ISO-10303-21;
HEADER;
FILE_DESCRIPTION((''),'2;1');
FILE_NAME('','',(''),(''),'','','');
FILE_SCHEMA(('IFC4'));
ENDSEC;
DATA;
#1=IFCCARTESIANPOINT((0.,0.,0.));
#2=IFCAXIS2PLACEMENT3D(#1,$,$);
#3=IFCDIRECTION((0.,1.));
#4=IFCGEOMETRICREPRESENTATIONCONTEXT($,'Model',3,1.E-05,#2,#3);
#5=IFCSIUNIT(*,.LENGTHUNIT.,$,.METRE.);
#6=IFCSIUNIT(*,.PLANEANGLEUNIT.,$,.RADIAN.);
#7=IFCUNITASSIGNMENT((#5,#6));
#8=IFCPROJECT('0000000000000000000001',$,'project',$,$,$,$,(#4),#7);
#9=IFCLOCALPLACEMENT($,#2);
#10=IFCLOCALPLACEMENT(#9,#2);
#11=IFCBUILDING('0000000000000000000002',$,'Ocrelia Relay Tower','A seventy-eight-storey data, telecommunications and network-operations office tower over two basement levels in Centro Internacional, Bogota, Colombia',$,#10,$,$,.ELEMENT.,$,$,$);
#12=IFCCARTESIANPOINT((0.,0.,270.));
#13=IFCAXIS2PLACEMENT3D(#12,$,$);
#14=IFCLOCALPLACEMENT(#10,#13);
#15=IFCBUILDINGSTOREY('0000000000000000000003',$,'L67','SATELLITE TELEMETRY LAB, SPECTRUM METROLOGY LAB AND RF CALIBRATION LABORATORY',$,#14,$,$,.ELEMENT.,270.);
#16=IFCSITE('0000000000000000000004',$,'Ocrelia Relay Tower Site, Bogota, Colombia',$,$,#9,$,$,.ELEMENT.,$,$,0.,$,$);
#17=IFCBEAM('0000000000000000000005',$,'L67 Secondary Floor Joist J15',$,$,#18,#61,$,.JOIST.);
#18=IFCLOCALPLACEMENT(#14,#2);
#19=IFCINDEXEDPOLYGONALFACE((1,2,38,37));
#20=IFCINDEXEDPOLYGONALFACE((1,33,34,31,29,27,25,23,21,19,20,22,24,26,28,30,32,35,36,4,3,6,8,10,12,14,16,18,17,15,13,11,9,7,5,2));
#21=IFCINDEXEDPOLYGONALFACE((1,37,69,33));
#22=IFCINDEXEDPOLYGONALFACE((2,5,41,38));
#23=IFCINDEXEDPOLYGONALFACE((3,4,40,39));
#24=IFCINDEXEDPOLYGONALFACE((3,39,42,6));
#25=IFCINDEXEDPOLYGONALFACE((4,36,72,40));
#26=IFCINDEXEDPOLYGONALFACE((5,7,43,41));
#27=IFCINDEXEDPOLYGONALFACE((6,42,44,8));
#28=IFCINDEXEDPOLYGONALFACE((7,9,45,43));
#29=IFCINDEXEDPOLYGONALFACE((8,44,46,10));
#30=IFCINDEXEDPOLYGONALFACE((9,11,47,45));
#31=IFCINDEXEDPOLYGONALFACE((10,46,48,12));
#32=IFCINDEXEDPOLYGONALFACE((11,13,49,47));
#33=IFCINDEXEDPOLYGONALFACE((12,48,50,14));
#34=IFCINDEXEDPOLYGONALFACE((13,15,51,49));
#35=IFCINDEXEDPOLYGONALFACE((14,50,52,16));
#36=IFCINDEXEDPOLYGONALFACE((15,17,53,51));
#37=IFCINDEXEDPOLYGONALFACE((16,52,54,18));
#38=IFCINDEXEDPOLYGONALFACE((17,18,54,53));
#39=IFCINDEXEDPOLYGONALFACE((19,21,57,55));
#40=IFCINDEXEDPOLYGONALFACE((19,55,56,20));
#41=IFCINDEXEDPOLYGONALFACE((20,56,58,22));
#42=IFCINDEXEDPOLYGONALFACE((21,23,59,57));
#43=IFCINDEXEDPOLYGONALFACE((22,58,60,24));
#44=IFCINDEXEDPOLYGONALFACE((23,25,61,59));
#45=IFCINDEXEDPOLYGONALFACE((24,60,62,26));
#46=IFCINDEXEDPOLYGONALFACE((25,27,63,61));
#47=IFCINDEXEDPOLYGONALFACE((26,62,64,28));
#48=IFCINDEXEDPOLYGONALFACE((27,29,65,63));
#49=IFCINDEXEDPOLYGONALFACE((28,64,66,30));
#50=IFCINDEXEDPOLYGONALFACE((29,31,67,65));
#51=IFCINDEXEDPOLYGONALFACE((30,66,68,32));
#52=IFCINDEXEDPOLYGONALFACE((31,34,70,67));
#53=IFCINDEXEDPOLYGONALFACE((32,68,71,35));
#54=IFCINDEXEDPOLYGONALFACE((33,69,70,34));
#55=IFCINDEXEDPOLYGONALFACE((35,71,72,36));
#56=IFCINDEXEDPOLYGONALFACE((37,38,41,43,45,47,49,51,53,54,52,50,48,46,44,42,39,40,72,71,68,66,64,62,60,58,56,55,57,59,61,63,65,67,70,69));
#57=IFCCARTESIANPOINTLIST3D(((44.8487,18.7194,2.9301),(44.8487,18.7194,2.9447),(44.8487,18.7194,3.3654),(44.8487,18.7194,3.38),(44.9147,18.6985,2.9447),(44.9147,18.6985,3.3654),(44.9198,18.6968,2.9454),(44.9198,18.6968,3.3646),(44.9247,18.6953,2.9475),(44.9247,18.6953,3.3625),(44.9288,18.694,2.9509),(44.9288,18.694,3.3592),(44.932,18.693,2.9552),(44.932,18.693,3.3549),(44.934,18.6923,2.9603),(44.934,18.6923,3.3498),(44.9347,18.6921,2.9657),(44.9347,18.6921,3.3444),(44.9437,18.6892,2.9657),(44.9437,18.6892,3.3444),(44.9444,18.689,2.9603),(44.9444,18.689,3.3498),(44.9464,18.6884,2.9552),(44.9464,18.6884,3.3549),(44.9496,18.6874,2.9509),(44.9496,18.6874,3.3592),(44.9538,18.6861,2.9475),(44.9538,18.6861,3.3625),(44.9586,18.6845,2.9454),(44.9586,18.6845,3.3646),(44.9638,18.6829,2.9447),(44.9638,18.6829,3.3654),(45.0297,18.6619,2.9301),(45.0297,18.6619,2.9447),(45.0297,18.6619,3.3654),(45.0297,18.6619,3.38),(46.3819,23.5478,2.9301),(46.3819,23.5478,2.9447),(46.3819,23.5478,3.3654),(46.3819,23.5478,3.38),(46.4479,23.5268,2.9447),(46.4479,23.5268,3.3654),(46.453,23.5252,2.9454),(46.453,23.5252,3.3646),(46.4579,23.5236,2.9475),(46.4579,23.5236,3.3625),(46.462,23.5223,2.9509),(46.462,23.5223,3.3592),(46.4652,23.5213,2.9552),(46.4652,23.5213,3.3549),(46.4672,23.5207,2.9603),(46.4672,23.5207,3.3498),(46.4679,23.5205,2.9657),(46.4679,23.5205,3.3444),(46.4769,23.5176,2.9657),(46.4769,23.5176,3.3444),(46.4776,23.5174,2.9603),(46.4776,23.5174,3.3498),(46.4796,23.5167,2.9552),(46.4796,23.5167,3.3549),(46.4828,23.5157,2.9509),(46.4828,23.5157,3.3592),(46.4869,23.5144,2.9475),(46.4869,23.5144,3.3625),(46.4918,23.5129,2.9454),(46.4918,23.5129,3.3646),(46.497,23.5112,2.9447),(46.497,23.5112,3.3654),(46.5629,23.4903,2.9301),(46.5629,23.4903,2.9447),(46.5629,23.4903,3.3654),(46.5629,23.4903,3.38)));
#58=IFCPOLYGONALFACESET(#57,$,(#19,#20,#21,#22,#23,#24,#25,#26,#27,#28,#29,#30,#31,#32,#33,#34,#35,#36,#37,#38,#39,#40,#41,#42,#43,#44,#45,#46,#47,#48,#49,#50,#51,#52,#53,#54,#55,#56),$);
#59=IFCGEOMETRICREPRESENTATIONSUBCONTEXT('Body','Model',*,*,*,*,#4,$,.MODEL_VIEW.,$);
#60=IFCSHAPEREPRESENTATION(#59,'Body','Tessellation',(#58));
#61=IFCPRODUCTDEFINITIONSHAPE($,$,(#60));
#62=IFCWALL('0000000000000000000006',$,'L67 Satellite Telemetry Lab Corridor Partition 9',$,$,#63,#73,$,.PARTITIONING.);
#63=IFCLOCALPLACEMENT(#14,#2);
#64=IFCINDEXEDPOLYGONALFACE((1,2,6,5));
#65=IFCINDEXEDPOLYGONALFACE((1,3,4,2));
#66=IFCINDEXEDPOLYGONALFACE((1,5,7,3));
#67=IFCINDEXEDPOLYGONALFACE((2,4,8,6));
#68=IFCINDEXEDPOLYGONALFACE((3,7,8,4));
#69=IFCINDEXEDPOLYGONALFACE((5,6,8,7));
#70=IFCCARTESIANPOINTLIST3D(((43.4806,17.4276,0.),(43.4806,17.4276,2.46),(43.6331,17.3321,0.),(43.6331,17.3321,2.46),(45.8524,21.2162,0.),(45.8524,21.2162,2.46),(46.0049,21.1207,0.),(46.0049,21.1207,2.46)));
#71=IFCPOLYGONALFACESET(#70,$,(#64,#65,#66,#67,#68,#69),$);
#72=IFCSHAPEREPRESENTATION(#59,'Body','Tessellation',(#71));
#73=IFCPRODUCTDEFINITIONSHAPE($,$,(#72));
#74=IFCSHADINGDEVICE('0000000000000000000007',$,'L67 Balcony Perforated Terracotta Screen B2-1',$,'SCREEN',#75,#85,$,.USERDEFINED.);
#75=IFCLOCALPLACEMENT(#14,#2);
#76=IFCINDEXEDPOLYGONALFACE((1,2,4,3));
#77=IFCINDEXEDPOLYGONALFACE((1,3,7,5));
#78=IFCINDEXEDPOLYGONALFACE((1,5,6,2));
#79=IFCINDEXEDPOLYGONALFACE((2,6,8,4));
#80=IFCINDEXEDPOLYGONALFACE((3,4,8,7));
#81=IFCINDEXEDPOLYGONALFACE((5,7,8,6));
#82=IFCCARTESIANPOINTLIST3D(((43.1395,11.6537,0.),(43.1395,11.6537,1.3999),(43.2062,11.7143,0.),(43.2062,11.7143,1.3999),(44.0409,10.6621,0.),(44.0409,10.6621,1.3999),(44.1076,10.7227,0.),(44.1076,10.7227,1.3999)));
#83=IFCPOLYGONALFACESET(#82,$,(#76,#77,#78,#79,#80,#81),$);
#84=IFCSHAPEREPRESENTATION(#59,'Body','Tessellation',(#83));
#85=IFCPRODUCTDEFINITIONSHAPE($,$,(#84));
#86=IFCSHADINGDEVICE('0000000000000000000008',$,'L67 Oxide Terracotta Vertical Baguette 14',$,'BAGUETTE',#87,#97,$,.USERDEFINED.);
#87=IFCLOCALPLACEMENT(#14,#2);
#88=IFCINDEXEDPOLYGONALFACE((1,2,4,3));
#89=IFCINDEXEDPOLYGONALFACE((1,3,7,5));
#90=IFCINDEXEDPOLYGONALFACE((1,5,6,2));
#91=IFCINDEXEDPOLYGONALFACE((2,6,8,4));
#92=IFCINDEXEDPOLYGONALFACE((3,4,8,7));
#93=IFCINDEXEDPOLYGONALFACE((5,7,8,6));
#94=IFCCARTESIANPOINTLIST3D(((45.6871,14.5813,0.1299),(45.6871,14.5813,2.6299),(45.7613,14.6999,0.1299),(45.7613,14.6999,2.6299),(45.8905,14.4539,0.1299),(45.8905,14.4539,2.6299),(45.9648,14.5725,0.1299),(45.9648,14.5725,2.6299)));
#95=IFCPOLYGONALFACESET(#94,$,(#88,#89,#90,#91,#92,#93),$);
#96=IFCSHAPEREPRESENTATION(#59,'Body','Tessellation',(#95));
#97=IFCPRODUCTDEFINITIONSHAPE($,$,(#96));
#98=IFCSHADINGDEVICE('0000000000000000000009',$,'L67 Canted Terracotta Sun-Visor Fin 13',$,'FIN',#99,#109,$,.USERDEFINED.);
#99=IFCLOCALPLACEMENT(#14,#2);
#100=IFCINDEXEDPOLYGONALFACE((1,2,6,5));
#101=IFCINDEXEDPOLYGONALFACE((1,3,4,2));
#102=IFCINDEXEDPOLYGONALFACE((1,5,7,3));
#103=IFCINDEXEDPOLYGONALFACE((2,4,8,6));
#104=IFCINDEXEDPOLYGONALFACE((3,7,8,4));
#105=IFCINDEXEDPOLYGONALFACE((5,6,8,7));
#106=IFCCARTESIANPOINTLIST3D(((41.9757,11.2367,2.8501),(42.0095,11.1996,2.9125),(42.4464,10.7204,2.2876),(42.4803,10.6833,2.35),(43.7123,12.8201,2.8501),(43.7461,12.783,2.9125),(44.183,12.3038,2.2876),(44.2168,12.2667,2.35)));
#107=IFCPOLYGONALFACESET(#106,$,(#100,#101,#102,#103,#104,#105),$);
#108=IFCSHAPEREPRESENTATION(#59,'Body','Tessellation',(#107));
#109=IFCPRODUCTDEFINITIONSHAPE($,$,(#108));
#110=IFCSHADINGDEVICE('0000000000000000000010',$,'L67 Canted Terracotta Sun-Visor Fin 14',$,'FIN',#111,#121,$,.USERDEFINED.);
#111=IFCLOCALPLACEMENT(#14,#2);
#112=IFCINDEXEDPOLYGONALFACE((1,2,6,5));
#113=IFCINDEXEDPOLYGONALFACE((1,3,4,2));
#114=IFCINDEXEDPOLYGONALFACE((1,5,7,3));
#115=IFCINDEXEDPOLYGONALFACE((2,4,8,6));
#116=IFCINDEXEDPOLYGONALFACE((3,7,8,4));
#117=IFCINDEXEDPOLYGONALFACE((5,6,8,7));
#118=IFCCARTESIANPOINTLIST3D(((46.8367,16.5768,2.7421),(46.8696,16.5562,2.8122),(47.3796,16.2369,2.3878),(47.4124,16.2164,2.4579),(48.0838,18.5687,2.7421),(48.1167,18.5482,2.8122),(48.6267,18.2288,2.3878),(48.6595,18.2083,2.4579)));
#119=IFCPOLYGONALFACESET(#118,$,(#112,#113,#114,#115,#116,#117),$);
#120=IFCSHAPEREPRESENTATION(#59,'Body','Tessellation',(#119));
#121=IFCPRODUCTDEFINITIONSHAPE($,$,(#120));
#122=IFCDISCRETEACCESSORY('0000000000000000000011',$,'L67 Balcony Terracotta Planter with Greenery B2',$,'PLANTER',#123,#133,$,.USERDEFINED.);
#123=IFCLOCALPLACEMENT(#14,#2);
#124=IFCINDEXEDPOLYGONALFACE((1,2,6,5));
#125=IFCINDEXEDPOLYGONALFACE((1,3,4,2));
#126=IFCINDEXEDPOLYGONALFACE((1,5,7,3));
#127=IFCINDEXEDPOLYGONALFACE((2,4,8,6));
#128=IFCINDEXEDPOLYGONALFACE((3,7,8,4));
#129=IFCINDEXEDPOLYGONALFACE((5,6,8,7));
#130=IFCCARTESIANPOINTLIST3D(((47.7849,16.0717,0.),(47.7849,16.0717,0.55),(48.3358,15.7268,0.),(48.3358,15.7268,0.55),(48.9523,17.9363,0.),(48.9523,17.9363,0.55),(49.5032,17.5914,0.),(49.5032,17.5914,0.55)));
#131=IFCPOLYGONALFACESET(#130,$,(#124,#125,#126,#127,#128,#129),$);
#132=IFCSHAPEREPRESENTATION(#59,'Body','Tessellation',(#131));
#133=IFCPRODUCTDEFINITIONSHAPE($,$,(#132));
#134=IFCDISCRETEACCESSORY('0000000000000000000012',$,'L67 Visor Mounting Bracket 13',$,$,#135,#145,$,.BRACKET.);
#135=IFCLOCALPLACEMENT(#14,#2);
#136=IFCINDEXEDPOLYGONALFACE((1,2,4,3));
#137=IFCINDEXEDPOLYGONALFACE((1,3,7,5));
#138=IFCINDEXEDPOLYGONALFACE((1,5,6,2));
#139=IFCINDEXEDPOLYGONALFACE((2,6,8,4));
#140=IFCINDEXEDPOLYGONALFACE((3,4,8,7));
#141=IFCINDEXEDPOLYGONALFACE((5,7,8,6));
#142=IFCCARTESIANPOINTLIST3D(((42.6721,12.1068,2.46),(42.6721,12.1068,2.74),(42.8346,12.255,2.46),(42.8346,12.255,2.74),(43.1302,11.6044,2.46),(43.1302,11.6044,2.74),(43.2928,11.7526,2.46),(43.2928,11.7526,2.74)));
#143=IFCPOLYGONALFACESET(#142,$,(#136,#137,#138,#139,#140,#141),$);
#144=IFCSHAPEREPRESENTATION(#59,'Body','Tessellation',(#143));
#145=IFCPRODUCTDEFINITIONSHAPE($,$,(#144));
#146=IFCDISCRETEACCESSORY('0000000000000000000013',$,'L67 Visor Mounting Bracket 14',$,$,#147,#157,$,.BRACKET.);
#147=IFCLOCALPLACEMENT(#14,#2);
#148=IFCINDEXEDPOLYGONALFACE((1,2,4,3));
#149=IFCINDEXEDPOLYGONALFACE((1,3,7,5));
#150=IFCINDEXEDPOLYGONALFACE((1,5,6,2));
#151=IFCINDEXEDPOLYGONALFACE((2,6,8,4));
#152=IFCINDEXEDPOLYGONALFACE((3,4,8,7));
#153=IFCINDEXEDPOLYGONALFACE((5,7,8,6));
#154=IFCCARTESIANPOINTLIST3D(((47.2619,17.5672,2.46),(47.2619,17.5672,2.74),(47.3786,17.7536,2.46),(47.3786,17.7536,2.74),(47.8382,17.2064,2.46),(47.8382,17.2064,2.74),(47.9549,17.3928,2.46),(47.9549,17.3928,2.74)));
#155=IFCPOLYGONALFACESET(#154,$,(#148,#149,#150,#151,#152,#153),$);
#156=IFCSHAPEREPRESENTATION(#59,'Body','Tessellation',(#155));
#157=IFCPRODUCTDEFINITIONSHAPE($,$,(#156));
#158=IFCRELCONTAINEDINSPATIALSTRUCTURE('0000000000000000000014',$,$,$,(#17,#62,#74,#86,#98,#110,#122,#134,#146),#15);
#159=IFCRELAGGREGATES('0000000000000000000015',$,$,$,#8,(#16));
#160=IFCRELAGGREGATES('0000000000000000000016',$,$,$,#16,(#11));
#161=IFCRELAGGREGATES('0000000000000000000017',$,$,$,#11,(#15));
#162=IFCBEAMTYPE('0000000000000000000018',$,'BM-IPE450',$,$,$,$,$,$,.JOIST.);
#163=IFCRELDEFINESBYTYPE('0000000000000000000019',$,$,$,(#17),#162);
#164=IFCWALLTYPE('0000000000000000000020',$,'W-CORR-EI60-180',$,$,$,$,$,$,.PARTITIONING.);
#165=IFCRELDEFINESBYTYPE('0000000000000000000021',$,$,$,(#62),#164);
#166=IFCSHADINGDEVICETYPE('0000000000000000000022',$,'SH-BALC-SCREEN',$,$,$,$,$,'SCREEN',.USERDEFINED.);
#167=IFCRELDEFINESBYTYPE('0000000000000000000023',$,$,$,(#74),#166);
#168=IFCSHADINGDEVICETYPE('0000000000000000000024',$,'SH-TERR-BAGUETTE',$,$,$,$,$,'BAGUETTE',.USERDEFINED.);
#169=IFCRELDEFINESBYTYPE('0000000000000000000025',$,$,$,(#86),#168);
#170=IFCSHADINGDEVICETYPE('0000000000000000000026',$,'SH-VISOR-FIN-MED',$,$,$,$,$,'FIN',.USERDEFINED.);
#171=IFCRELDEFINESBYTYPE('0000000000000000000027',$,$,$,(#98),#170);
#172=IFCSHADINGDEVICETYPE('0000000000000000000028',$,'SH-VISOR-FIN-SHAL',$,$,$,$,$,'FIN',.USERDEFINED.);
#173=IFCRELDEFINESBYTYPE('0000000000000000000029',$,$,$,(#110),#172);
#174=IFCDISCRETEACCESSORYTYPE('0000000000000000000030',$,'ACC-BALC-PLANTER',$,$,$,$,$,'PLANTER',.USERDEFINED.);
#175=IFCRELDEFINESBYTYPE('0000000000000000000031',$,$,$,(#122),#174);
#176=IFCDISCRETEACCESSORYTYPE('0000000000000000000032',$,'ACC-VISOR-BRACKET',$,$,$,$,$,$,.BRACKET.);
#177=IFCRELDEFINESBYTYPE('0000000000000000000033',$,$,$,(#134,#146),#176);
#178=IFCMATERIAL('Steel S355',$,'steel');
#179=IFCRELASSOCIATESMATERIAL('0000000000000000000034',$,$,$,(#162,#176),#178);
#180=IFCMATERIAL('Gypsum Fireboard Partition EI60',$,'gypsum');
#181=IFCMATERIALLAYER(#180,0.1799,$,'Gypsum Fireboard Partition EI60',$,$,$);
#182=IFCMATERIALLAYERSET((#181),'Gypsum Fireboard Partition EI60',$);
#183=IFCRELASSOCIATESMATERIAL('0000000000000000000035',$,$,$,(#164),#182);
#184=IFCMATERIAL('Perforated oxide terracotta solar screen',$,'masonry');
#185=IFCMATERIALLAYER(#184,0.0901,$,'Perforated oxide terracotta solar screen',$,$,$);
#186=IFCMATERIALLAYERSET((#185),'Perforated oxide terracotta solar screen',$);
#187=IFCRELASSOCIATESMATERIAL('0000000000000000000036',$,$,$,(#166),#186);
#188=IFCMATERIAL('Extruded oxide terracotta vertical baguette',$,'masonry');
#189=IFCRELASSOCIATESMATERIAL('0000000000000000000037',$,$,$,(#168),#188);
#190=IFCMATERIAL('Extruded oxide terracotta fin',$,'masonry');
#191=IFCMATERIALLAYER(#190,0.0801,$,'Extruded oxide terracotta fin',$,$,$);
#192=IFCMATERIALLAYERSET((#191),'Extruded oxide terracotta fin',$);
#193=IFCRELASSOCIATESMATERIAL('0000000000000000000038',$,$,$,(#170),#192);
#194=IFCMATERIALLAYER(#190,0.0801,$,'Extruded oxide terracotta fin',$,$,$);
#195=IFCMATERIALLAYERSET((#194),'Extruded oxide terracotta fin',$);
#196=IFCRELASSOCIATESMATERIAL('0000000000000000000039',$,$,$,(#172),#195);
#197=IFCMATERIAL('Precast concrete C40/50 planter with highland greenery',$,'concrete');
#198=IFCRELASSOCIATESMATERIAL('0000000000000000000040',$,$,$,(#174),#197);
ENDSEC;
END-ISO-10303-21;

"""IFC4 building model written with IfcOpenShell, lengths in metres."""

from ifc_helpers import new_model, si_unit, direction, frame, frame_2d, origin, origin_2d, place, context, subcontext, project, spatial, rectangle, i_section, extrude, material, layer, layer_set, material_profile, profile_set, type_object, element, save


model = new_model("IFC4")

# Units and contexts
model_context = context("Model", 3, precision=1e-05, world=origin(), true_north=direction((0.0, 1.0)))
body_context = subcontext(model_context, "Body", "Model", "MODEL_VIEW")
ifc_project = project(units=[si_unit("LENGTHUNIT", "METRE"), si_unit("PLANEANGLEUNIT", "RADIAN")], contexts=[model_context])

# Site, building, storey
site_placement = place(None, origin())
site = spatial("IfcSite", under=ifc_project, at=site_placement, Name="Ocrelia Relay Tower Site, Bogota, Colombia", CompositionType="ELEMENT", RefElevation=0.0)
building_placement = place(site_placement, origin())
building = spatial("IfcBuilding", under=site, at=building_placement, Name="Ocrelia Relay Tower", Description="A seventy-eight-storey data, telecommunications and network-operations office tower over two basement levels in Centro Internacional, Bogota, Colombia", CompositionType="ELEMENT")
storey_placement = place(building_placement, frame((0.0, 0.0, 270.0)))
storey = spatial("IfcBuildingStorey", under=building, at=storey_placement, Name="L67", Description="SATELLITE TELEMETRY LAB, SPECTRUM METROLOGY LAB AND RF CALIBRATION LABORATORY", CompositionType="ELEMENT", Elevation=270.0)

# Beam
ifc_material_1 = material(Name="Steel S355", Category="steel")
ifc_material_profile_1 = material_profile(ifc_material_1, i_section(OverallWidth=0.1899, OverallDepth=0.45, WebThickness=0.0095, FlangeThickness=0.0146, FilletRadius=0.021, at=origin_2d()), Name="IPE 450")
ifc_profile_set_1 = profile_set([ifc_material_profile_1], Name="Steel S355")
beam_type_1 = type_object("IfcBeamType", Name="BM-IPE450", PredefinedType="JOIST", material=ifc_profile_set_1)
beam_1_placement = place(storey_placement, frame((44.9392, 18.6907, 3.155), z_axis=(0.302649, 0.953102, 0.0), x_axis=(-0.953102, 0.302649, 0.0)))
element("IfcBeam", 1, at=beam_1_placement, inside=storey, type_object=beam_type_1, Name="L67 Secondary Floor Joist J15", PredefinedType="JOIST", context=body_context, shape_type="SweptSolid", body=[
    extrude(i_section(OverallWidth=0.1899, OverallDepth=0.45, WebThickness=0.0095, FlangeThickness=0.0146, FilletRadius=0.021, at=origin_2d()), origin(), (0.0, 0.0, 1.0), 5.0659),
])

# Wall
ifc_material_2 = material(Name="Gypsum Fireboard Partition EI60", Category="gypsum")
ifc_layer_1 = layer(ifc_material_2, 0.1799, Name="Gypsum Fireboard Partition EI60")
ifc_layer_set_1 = layer_set([ifc_layer_1], Name="Gypsum Fireboard Partition EI60")
wall_type_1 = type_object("IfcWallType", Name="W-CORR-EI60-180", PredefinedType="PARTITIONING", material=ifc_layer_set_1)
wall_1_placement = place(storey_placement, frame((43.5569, 17.3799, 0.0), z_axis=(0.0, 0.0, 1.0), x_axis=(0.530637, 0.847599, 0.0)))
element("IfcWall", 2, at=wall_1_placement, inside=storey, type_object=wall_type_1, Name="L67 Satellite Telemetry Lab Corridor Partition 9", PredefinedType="PARTITIONING", context=body_context, shape_type="SweptSolid", body=[
    extrude(rectangle(XDim=4.4697, YDim=0.1799, at=frame_2d((2.2349, 0.0))), origin(), (0.0, 0.0, 1.0), 2.46),
])

# Shading devices
ifc_material_3 = material(Name="Perforated oxide terracotta solar screen", Category="masonry")
ifc_layer_2 = layer(ifc_material_3, 0.0901, Name="Perforated oxide terracotta solar screen")
ifc_layer_set_2 = layer_set([ifc_layer_2], Name="Perforated oxide terracotta solar screen")
shading_device_type_1 = type_object("IfcShadingDeviceType", Name="SH-BALC-SCREEN", ElementType="SCREEN", PredefinedType="USERDEFINED", material=ifc_layer_set_2)
shading_device_1_placement = place(storey_placement, frame((43.6235, 11.1882, 0.0), z_axis=(0.0, 0.0, 1.0), x_axis=(0.672648, -0.739963, 0.0)))
element("IfcShadingDevice", 3, at=shading_device_1_placement, inside=storey, type_object=shading_device_type_1, Name="L67 Balcony Perforated Terracotta Screen B2-1", ObjectType="SCREEN", PredefinedType="USERDEFINED", context=body_context, shape_type="SweptSolid", body=[
    extrude(rectangle(XDim=1.3401, YDim=0.0901, at=origin_2d()), origin(), (0.0, 0.0, 1.0), 1.3999),
])
ifc_material_4 = material(Name="Extruded oxide terracotta vertical baguette", Category="masonry")
shading_device_type_2 = type_object("IfcShadingDeviceType", Name="SH-TERR-BAGUETTE", ElementType="BAGUETTE", PredefinedType="USERDEFINED", material=ifc_material_4)
shading_device_2_placement = place(storey_placement, frame((45.8259, 14.5769, 0.1299), z_axis=(0.0, 0.0, 1.0), x_axis=(0.530659, 0.847585, 0.0)))
element("IfcShadingDevice", 4, at=shading_device_2_placement, inside=storey, type_object=shading_device_type_2, Name="L67 Oxide Terracotta Vertical Baguette 14", ObjectType="BAGUETTE", PredefinedType="USERDEFINED", context=body_context, shape_type="SweptSolid", body=[
    extrude(rectangle(XDim=0.1399, YDim=0.24, at=origin_2d()), origin(), (0.0, 0.0, 1.0), 2.5),
])
ifc_material_5 = material(Name="Extruded oxide terracotta fin", Category="masonry")
ifc_layer_3 = layer(ifc_material_5, 0.0801, Name="Extruded oxide terracotta fin")
ifc_layer_set_3 = layer_set([ifc_layer_3], Name="Extruded oxide terracotta fin")
shading_device_type_3 = type_object("IfcShadingDeviceType", Name="SH-VISOR-FIN-MED", ElementType="FIN", PredefinedType="USERDEFINED", material=ifc_layer_set_3)
shading_device_3_placement = place(storey_placement, frame((43.0793, 11.7703, 2.5688), z_axis=(0.422554, -0.463425, 0.7789), x_axis=(0.738941, 0.67377, 0.0)))
element("IfcShadingDevice", 5, at=shading_device_3_placement, inside=storey, type_object=shading_device_type_3, Name="L67 Canted Terracotta Sun-Visor Fin 13", ObjectType="FIN", PredefinedType="USERDEFINED", context=body_context, shape_type="SweptSolid", body=[
    extrude(rectangle(XDim=2.3501, YDim=0.897, at=origin_2d()), origin(), (0.0, 0.0, 1.0), 0.0801),
])
ifc_layer_4 = layer(ifc_material_5, 0.0801, Name="Extruded oxide terracotta fin")
ifc_layer_set_4 = layer_set([ifc_layer_4], Name="Extruded oxide terracotta fin")
shading_device_type_4 = type_object("IfcShadingDeviceType", Name="SH-VISOR-FIN-SHAL", ElementType="FIN", PredefinedType="USERDEFINED", material=ifc_layer_set_4)
shading_device_4_placement = place(storey_placement, frame((47.7317, 17.4028, 2.5649), z_axis=(0.41027, -0.256864, 0.875042), x_axis=(0.530659, 0.847585, 0.0)))
element("IfcShadingDevice", 6, at=shading_device_4_placement, inside=storey, type_object=shading_device_type_4, Name="L67 Canted Terracotta Sun-Visor Fin 14", ObjectType="FIN", PredefinedType="USERDEFINED", context=body_context, shape_type="SweptSolid", body=[
    extrude(rectangle(XDim=2.3501, YDim=0.7319, at=origin_2d()), origin(), (0.0, 0.0, 1.0), 0.0801),
])

# Discrete accessories
ifc_material_6 = material(Name="Precast concrete C40/50 planter with highland greenery", Category="concrete")
discrete_accessory_type_1 = type_object("IfcDiscreteAccessoryType", Name="ACC-BALC-PLANTER", ElementType="PLANTER", PredefinedType="USERDEFINED", material=ifc_material_6)
discrete_accessory_placement = place(storey_placement, frame((48.644, 16.8315, 0.0), z_axis=(0.0, 0.0, 1.0), x_axis=(-0.530652, -0.84759, 0.0)))
element("IfcDiscreteAccessory", 7, at=discrete_accessory_placement, inside=storey, type_object=discrete_accessory_type_1, Name="L67 Balcony Terracotta Planter with Greenery B2", ObjectType="PLANTER", PredefinedType="USERDEFINED", context=body_context, shape_type="SweptSolid", body=[
    extrude(rectangle(XDim=2.2, YDim=0.6499, at=origin_2d()), origin(), (0.0, 0.0, 1.0), 0.55),
])
discrete_accessory_type_2 = type_object("IfcDiscreteAccessoryType", Name="ACC-VISOR-BRACKET", PredefinedType="BRACKET", material=ifc_material_1)
for number, where, z_axis, x_axis, name in (
    (8, (42.9824, 11.9297, 2.46), (0.0, 0.0, 1.0), (0.738941, 0.67377, 0.0), "L67 Visor Mounting Bracket 13"),
    (9, (47.6084, 17.48, 2.46), (0.0, 0.0, 1.0), (0.530659, 0.847585, 0.0), "L67 Visor Mounting Bracket 14"),
):
    element("IfcDiscreteAccessory", number, at=place(storey_placement, frame(where, z_axis=z_axis, x_axis=x_axis)), inside=storey, type_object=discrete_accessory_type_2, Name=name, PredefinedType="BRACKET", context=body_context, shape_type="SweptSolid", body=[
        extrude(rectangle(XDim=0.22, YDim=0.6799, at=origin_2d()), origin(), (0.0, 0.0, 1.0), 0.28),
    ])

save(model, "model.ifc")
